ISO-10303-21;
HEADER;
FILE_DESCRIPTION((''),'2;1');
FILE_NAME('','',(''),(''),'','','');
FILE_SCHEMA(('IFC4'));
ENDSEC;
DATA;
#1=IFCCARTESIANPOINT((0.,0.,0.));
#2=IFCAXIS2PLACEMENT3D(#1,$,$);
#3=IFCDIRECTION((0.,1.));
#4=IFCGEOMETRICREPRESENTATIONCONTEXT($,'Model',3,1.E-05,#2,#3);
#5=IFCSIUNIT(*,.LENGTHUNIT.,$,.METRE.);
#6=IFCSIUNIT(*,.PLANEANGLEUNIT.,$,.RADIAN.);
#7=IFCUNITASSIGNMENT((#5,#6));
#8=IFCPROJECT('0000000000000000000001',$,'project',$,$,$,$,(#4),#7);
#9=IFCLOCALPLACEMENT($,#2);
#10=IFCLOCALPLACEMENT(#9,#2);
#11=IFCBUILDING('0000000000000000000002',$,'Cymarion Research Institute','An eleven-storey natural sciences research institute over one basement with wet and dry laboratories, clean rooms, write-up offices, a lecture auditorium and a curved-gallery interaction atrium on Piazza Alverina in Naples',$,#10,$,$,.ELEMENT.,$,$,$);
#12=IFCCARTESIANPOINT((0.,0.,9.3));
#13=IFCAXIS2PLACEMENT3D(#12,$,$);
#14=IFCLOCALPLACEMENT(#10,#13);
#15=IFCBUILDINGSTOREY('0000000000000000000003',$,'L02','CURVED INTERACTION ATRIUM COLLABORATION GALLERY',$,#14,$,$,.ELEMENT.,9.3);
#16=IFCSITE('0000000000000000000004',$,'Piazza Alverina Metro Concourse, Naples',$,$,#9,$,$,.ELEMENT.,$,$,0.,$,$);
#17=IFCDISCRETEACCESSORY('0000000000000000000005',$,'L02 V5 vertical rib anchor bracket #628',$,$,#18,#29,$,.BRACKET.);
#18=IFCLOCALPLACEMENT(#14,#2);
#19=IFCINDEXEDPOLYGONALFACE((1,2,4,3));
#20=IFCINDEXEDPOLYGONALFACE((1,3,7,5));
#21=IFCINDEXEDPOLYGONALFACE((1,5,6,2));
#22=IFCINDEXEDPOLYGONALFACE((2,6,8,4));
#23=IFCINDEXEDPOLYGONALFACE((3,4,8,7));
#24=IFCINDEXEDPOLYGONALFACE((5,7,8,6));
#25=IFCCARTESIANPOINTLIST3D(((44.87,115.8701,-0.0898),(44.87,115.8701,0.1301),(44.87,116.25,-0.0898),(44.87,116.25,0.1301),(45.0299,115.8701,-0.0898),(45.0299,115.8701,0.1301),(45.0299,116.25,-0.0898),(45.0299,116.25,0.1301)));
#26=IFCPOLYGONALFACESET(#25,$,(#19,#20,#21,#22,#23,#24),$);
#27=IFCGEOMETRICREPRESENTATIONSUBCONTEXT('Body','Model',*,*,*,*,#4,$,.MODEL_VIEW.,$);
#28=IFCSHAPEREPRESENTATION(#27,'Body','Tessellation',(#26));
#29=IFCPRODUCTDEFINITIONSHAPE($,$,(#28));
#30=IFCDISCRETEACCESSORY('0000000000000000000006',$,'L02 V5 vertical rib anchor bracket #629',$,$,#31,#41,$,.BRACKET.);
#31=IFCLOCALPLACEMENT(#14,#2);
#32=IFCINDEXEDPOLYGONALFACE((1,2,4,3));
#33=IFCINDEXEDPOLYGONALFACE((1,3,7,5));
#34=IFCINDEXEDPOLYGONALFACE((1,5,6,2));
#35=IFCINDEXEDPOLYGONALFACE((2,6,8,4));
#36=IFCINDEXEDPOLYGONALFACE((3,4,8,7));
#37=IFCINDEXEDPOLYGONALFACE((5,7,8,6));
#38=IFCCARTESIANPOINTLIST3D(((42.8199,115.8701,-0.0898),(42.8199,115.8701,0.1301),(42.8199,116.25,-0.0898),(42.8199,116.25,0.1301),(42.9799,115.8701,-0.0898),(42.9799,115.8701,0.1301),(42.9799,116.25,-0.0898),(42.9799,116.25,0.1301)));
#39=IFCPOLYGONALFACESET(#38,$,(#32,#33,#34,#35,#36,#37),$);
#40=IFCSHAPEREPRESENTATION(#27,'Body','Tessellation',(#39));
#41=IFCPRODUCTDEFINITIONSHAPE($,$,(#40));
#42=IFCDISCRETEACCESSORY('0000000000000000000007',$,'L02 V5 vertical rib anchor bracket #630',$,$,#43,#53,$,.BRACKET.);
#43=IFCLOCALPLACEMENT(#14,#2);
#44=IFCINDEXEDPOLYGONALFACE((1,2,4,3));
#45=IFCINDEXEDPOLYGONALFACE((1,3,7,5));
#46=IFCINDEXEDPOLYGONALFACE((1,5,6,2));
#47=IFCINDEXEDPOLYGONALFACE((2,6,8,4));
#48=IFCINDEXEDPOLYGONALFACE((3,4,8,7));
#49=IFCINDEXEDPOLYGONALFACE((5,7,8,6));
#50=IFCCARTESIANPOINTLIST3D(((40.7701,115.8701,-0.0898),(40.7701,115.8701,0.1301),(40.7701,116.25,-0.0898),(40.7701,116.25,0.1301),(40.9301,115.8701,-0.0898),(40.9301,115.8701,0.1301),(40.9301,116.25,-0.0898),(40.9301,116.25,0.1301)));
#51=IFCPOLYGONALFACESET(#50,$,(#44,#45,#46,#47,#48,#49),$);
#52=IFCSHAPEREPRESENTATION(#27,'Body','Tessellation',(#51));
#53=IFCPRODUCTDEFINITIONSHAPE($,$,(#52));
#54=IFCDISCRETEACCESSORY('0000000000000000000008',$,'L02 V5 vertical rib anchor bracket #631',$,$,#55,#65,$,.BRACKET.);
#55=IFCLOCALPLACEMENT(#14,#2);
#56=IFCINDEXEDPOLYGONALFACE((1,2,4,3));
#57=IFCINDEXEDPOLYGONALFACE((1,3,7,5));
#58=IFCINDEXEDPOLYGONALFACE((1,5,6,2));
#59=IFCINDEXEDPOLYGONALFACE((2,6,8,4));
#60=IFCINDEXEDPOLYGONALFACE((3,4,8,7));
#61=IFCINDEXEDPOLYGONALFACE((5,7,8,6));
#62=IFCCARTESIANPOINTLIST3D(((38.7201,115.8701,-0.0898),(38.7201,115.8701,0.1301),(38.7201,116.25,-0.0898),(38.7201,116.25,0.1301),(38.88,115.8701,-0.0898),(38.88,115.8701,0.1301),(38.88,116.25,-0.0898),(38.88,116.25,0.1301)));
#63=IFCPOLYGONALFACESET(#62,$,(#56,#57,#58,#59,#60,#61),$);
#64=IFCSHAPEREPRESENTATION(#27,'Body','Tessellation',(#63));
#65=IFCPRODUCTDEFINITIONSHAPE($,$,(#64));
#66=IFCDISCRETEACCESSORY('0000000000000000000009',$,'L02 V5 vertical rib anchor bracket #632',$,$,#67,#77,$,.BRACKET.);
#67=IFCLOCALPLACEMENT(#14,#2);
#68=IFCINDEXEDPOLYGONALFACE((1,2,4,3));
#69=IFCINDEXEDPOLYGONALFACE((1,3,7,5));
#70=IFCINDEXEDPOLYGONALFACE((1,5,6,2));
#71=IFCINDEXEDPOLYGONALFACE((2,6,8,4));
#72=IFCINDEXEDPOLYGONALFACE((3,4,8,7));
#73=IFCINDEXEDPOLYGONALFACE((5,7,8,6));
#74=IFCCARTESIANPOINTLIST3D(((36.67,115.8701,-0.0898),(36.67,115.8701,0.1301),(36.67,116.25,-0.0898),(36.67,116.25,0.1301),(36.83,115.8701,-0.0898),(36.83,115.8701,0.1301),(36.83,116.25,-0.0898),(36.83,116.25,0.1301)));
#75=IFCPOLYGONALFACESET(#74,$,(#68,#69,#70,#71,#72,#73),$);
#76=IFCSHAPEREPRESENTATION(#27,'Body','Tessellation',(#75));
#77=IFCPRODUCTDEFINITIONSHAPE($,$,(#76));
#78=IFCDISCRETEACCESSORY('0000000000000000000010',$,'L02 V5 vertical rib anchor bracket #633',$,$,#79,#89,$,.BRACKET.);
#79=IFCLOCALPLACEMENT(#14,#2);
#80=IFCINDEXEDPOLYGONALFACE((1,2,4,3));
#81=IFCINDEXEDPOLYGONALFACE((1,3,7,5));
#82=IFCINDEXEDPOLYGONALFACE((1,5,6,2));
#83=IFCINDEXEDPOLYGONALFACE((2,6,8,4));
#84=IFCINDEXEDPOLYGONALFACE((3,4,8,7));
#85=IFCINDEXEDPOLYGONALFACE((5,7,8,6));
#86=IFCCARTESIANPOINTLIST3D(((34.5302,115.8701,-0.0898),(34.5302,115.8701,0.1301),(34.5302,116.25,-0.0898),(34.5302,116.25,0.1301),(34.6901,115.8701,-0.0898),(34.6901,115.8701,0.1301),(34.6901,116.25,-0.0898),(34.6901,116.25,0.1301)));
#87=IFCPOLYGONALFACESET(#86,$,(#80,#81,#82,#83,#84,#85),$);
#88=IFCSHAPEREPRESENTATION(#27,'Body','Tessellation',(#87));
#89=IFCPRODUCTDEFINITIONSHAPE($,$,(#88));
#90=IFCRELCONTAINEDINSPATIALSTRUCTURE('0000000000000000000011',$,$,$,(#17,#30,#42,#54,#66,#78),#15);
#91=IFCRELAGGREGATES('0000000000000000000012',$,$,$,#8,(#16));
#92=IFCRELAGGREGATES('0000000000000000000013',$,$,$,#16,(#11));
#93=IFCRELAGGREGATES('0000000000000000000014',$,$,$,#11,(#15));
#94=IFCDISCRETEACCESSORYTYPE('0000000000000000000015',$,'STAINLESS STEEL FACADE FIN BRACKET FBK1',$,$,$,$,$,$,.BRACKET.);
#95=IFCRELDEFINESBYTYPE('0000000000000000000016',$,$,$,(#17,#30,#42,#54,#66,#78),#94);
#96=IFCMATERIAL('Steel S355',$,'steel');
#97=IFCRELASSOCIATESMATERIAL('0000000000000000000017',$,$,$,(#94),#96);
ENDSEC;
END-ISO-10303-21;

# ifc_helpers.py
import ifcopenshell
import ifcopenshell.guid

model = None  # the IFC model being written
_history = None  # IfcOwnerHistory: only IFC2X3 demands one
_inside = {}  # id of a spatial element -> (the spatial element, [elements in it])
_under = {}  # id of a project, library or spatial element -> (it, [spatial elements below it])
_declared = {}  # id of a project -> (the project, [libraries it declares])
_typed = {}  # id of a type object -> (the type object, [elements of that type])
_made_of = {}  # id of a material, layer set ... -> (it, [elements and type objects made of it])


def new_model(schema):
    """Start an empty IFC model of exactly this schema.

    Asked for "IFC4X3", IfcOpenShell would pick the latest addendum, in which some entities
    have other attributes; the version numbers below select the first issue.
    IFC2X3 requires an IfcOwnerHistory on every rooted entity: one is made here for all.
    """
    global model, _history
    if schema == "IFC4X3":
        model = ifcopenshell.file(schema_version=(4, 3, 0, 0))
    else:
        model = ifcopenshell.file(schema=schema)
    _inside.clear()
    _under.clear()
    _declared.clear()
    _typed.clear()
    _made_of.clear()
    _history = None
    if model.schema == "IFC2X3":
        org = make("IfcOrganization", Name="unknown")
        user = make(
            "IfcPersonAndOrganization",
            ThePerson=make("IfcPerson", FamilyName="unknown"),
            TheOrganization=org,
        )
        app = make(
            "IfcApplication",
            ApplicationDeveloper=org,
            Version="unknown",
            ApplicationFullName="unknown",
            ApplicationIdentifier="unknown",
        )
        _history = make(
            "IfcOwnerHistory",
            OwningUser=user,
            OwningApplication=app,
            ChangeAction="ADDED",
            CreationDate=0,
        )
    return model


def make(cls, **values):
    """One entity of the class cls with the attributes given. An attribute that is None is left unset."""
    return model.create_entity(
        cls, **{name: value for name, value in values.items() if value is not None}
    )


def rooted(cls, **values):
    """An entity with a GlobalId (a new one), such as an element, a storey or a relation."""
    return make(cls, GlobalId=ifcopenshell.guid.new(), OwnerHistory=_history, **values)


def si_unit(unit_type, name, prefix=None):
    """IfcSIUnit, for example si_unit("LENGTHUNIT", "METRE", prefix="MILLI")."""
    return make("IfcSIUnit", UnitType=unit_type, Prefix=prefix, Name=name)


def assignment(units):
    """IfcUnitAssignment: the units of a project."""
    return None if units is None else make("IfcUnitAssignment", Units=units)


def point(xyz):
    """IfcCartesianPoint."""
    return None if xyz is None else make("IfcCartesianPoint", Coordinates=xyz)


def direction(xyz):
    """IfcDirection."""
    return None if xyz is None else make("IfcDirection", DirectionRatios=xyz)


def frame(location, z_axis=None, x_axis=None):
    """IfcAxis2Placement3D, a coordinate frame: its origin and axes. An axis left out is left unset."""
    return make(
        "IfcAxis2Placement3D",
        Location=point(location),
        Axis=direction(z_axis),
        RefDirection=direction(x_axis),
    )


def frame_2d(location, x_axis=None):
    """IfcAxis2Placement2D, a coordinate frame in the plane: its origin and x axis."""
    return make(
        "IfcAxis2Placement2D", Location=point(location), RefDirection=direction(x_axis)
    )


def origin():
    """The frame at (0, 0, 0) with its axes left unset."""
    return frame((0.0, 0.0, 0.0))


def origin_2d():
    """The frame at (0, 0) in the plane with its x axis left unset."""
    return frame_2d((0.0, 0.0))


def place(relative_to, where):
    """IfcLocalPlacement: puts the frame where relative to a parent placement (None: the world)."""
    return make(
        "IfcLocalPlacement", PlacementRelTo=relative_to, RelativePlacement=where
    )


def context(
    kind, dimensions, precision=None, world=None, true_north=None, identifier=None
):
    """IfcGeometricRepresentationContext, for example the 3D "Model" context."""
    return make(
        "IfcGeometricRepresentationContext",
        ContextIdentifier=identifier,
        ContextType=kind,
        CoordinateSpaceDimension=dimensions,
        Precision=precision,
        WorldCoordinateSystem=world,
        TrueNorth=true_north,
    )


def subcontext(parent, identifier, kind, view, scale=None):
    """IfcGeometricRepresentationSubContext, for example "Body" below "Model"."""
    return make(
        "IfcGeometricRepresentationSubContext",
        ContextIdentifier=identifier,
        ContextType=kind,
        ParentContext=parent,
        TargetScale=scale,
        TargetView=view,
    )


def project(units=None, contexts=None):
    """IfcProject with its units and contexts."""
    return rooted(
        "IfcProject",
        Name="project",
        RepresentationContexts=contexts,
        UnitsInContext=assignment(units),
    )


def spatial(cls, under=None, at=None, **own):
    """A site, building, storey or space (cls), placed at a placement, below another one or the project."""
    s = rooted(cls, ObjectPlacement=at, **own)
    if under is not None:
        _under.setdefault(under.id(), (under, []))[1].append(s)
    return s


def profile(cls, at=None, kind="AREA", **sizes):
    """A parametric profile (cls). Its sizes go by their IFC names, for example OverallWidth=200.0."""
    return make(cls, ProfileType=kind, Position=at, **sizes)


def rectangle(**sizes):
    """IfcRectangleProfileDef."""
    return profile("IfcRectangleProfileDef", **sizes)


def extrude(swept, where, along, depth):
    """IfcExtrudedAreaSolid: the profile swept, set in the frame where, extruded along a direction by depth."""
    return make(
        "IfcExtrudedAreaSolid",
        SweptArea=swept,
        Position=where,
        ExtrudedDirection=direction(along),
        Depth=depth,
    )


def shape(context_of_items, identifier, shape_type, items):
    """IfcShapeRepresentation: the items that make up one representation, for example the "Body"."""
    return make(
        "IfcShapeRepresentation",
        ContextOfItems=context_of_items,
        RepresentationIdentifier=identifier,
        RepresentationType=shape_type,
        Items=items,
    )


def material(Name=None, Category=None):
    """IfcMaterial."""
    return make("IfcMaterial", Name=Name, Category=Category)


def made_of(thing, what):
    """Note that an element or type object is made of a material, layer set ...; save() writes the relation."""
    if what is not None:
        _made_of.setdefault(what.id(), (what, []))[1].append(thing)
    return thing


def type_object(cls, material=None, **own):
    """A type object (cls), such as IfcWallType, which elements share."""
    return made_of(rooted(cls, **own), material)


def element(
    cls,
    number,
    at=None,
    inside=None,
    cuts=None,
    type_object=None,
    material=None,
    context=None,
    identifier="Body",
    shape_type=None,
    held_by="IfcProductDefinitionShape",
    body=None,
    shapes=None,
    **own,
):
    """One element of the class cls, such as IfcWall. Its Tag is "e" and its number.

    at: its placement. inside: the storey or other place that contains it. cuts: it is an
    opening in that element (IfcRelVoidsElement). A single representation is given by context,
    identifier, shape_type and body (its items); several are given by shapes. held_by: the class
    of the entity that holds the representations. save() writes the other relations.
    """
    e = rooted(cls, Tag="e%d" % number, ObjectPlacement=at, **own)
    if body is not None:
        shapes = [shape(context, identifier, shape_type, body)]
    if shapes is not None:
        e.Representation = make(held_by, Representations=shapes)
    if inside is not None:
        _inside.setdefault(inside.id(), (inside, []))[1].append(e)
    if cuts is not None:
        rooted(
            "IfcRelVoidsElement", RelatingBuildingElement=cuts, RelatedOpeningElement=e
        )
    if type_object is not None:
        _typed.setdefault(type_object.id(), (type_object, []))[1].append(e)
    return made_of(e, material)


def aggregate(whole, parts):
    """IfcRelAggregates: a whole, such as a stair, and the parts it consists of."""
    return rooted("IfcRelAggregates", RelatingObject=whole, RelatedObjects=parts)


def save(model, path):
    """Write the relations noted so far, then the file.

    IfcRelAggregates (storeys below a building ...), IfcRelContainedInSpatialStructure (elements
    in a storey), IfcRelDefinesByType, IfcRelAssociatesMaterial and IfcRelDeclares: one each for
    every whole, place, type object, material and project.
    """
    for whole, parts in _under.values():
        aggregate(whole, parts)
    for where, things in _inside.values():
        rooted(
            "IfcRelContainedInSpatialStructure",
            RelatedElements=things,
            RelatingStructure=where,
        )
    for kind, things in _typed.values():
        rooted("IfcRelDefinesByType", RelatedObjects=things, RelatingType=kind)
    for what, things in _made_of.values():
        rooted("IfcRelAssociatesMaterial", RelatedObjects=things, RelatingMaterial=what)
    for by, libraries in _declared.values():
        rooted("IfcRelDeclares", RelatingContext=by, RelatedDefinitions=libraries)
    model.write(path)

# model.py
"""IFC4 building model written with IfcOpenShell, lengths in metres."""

from ifc_helpers import new_model, si_unit, direction, frame, origin, origin_2d, place, context, subcontext, project, spatial, rectangle, extrude, material, type_object, element, save


model = new_model("IFC4")

# Units and contexts
model_context = context("Model", 3, precision=1e-05, world=origin(), true_north=direction((0.0, 1.0)))
body_context = subcontext(model_context, "Body", "Model", "MODEL_VIEW")
ifc_project = project(units=[si_unit("LENGTHUNIT", "METRE"), si_unit("PLANEANGLEUNIT", "RADIAN")], contexts=[model_context])

# Site, building, storey
site_placement = place(None, origin())
site = spatial("IfcSite", under=ifc_project, at=site_placement, Name="Piazza Alverina Metro Concourse, Naples", CompositionType="ELEMENT", RefElevation=0.0)
building_placement = place(site_placement, origin())
building = spatial("IfcBuilding", under=site, at=building_placement, Name="Cymarion Research Institute", Description="An eleven-storey natural sciences research institute over one basement with wet and dry laboratories, clean rooms, write-up offices, a lecture auditorium and a curved-gallery interaction atrium on Piazza Alverina in Naples", CompositionType="ELEMENT")
storey_placement = place(building_placement, frame((0.0, 0.0, 9.3)))
storey = spatial("IfcBuildingStorey", under=building, at=storey_placement, Name="L02", Description="CURVED INTERACTION ATRIUM COLLABORATION GALLERY", CompositionType="ELEMENT", Elevation=9.3)

# Shared definitions
ifc_material_1 = material(Name="Steel S355", Category="steel")

# Discrete accessories
discrete_accessory_type = type_object("IfcDiscreteAccessoryType", Name="STAINLESS STEEL FACADE FIN BRACKET FBK1", PredefinedType="BRACKET", material=ifc_material_1)
for number, where, z_axis, x_axis, name in (
    (1, (44.95, 116.0601, -0.0898), (0.0, 0.0, 1.0), (0.0, 1.0, 0.0), "L02 V5 vertical rib anchor bracket #628"),
    (2, (42.8999, 116.0601, -0.0898), (0.0, 0.0, 1.0), (0.0, 1.0, 0.0), "L02 V5 vertical rib anchor bracket #629"),
    (3, (40.8501, 116.0601, -0.0898), (0.0, 0.0, 1.0), (0.0, 1.0, 0.0), "L02 V5 vertical rib anchor bracket #630"),
    (4, (38.8, 116.0601, -0.0898), (0.0, 0.0, 1.0), (0.0, 1.0, 0.0), "L02 V5 vertical rib anchor bracket #631"),
    (5, (36.75, 116.0601, -0.0898), (0.0, 0.0, 1.0), (0.0, 1.0, 0.0), "L02 V5 vertical rib anchor bracket #632"),
    (6, (34.6101, 116.0601, -0.0898), (0.0, 0.0, 1.0), (0.0, 1.0, 0.0), "L02 V5 vertical rib anchor bracket #633"),
):
    element("IfcDiscreteAccessory", number, at=place(storey_placement, frame(where, z_axis=z_axis, x_axis=x_axis)), inside=storey, type_object=discrete_accessory_type, Name=name, PredefinedType="BRACKET", context=body_context, shape_type="SweptSolid", body=[
        extrude(rectangle(XDim=0.3799, YDim=0.1599, at=origin_2d()), origin(), (0.0, 0.0, 1.0), 0.22),
    ])

save(model, "model.ifc")
